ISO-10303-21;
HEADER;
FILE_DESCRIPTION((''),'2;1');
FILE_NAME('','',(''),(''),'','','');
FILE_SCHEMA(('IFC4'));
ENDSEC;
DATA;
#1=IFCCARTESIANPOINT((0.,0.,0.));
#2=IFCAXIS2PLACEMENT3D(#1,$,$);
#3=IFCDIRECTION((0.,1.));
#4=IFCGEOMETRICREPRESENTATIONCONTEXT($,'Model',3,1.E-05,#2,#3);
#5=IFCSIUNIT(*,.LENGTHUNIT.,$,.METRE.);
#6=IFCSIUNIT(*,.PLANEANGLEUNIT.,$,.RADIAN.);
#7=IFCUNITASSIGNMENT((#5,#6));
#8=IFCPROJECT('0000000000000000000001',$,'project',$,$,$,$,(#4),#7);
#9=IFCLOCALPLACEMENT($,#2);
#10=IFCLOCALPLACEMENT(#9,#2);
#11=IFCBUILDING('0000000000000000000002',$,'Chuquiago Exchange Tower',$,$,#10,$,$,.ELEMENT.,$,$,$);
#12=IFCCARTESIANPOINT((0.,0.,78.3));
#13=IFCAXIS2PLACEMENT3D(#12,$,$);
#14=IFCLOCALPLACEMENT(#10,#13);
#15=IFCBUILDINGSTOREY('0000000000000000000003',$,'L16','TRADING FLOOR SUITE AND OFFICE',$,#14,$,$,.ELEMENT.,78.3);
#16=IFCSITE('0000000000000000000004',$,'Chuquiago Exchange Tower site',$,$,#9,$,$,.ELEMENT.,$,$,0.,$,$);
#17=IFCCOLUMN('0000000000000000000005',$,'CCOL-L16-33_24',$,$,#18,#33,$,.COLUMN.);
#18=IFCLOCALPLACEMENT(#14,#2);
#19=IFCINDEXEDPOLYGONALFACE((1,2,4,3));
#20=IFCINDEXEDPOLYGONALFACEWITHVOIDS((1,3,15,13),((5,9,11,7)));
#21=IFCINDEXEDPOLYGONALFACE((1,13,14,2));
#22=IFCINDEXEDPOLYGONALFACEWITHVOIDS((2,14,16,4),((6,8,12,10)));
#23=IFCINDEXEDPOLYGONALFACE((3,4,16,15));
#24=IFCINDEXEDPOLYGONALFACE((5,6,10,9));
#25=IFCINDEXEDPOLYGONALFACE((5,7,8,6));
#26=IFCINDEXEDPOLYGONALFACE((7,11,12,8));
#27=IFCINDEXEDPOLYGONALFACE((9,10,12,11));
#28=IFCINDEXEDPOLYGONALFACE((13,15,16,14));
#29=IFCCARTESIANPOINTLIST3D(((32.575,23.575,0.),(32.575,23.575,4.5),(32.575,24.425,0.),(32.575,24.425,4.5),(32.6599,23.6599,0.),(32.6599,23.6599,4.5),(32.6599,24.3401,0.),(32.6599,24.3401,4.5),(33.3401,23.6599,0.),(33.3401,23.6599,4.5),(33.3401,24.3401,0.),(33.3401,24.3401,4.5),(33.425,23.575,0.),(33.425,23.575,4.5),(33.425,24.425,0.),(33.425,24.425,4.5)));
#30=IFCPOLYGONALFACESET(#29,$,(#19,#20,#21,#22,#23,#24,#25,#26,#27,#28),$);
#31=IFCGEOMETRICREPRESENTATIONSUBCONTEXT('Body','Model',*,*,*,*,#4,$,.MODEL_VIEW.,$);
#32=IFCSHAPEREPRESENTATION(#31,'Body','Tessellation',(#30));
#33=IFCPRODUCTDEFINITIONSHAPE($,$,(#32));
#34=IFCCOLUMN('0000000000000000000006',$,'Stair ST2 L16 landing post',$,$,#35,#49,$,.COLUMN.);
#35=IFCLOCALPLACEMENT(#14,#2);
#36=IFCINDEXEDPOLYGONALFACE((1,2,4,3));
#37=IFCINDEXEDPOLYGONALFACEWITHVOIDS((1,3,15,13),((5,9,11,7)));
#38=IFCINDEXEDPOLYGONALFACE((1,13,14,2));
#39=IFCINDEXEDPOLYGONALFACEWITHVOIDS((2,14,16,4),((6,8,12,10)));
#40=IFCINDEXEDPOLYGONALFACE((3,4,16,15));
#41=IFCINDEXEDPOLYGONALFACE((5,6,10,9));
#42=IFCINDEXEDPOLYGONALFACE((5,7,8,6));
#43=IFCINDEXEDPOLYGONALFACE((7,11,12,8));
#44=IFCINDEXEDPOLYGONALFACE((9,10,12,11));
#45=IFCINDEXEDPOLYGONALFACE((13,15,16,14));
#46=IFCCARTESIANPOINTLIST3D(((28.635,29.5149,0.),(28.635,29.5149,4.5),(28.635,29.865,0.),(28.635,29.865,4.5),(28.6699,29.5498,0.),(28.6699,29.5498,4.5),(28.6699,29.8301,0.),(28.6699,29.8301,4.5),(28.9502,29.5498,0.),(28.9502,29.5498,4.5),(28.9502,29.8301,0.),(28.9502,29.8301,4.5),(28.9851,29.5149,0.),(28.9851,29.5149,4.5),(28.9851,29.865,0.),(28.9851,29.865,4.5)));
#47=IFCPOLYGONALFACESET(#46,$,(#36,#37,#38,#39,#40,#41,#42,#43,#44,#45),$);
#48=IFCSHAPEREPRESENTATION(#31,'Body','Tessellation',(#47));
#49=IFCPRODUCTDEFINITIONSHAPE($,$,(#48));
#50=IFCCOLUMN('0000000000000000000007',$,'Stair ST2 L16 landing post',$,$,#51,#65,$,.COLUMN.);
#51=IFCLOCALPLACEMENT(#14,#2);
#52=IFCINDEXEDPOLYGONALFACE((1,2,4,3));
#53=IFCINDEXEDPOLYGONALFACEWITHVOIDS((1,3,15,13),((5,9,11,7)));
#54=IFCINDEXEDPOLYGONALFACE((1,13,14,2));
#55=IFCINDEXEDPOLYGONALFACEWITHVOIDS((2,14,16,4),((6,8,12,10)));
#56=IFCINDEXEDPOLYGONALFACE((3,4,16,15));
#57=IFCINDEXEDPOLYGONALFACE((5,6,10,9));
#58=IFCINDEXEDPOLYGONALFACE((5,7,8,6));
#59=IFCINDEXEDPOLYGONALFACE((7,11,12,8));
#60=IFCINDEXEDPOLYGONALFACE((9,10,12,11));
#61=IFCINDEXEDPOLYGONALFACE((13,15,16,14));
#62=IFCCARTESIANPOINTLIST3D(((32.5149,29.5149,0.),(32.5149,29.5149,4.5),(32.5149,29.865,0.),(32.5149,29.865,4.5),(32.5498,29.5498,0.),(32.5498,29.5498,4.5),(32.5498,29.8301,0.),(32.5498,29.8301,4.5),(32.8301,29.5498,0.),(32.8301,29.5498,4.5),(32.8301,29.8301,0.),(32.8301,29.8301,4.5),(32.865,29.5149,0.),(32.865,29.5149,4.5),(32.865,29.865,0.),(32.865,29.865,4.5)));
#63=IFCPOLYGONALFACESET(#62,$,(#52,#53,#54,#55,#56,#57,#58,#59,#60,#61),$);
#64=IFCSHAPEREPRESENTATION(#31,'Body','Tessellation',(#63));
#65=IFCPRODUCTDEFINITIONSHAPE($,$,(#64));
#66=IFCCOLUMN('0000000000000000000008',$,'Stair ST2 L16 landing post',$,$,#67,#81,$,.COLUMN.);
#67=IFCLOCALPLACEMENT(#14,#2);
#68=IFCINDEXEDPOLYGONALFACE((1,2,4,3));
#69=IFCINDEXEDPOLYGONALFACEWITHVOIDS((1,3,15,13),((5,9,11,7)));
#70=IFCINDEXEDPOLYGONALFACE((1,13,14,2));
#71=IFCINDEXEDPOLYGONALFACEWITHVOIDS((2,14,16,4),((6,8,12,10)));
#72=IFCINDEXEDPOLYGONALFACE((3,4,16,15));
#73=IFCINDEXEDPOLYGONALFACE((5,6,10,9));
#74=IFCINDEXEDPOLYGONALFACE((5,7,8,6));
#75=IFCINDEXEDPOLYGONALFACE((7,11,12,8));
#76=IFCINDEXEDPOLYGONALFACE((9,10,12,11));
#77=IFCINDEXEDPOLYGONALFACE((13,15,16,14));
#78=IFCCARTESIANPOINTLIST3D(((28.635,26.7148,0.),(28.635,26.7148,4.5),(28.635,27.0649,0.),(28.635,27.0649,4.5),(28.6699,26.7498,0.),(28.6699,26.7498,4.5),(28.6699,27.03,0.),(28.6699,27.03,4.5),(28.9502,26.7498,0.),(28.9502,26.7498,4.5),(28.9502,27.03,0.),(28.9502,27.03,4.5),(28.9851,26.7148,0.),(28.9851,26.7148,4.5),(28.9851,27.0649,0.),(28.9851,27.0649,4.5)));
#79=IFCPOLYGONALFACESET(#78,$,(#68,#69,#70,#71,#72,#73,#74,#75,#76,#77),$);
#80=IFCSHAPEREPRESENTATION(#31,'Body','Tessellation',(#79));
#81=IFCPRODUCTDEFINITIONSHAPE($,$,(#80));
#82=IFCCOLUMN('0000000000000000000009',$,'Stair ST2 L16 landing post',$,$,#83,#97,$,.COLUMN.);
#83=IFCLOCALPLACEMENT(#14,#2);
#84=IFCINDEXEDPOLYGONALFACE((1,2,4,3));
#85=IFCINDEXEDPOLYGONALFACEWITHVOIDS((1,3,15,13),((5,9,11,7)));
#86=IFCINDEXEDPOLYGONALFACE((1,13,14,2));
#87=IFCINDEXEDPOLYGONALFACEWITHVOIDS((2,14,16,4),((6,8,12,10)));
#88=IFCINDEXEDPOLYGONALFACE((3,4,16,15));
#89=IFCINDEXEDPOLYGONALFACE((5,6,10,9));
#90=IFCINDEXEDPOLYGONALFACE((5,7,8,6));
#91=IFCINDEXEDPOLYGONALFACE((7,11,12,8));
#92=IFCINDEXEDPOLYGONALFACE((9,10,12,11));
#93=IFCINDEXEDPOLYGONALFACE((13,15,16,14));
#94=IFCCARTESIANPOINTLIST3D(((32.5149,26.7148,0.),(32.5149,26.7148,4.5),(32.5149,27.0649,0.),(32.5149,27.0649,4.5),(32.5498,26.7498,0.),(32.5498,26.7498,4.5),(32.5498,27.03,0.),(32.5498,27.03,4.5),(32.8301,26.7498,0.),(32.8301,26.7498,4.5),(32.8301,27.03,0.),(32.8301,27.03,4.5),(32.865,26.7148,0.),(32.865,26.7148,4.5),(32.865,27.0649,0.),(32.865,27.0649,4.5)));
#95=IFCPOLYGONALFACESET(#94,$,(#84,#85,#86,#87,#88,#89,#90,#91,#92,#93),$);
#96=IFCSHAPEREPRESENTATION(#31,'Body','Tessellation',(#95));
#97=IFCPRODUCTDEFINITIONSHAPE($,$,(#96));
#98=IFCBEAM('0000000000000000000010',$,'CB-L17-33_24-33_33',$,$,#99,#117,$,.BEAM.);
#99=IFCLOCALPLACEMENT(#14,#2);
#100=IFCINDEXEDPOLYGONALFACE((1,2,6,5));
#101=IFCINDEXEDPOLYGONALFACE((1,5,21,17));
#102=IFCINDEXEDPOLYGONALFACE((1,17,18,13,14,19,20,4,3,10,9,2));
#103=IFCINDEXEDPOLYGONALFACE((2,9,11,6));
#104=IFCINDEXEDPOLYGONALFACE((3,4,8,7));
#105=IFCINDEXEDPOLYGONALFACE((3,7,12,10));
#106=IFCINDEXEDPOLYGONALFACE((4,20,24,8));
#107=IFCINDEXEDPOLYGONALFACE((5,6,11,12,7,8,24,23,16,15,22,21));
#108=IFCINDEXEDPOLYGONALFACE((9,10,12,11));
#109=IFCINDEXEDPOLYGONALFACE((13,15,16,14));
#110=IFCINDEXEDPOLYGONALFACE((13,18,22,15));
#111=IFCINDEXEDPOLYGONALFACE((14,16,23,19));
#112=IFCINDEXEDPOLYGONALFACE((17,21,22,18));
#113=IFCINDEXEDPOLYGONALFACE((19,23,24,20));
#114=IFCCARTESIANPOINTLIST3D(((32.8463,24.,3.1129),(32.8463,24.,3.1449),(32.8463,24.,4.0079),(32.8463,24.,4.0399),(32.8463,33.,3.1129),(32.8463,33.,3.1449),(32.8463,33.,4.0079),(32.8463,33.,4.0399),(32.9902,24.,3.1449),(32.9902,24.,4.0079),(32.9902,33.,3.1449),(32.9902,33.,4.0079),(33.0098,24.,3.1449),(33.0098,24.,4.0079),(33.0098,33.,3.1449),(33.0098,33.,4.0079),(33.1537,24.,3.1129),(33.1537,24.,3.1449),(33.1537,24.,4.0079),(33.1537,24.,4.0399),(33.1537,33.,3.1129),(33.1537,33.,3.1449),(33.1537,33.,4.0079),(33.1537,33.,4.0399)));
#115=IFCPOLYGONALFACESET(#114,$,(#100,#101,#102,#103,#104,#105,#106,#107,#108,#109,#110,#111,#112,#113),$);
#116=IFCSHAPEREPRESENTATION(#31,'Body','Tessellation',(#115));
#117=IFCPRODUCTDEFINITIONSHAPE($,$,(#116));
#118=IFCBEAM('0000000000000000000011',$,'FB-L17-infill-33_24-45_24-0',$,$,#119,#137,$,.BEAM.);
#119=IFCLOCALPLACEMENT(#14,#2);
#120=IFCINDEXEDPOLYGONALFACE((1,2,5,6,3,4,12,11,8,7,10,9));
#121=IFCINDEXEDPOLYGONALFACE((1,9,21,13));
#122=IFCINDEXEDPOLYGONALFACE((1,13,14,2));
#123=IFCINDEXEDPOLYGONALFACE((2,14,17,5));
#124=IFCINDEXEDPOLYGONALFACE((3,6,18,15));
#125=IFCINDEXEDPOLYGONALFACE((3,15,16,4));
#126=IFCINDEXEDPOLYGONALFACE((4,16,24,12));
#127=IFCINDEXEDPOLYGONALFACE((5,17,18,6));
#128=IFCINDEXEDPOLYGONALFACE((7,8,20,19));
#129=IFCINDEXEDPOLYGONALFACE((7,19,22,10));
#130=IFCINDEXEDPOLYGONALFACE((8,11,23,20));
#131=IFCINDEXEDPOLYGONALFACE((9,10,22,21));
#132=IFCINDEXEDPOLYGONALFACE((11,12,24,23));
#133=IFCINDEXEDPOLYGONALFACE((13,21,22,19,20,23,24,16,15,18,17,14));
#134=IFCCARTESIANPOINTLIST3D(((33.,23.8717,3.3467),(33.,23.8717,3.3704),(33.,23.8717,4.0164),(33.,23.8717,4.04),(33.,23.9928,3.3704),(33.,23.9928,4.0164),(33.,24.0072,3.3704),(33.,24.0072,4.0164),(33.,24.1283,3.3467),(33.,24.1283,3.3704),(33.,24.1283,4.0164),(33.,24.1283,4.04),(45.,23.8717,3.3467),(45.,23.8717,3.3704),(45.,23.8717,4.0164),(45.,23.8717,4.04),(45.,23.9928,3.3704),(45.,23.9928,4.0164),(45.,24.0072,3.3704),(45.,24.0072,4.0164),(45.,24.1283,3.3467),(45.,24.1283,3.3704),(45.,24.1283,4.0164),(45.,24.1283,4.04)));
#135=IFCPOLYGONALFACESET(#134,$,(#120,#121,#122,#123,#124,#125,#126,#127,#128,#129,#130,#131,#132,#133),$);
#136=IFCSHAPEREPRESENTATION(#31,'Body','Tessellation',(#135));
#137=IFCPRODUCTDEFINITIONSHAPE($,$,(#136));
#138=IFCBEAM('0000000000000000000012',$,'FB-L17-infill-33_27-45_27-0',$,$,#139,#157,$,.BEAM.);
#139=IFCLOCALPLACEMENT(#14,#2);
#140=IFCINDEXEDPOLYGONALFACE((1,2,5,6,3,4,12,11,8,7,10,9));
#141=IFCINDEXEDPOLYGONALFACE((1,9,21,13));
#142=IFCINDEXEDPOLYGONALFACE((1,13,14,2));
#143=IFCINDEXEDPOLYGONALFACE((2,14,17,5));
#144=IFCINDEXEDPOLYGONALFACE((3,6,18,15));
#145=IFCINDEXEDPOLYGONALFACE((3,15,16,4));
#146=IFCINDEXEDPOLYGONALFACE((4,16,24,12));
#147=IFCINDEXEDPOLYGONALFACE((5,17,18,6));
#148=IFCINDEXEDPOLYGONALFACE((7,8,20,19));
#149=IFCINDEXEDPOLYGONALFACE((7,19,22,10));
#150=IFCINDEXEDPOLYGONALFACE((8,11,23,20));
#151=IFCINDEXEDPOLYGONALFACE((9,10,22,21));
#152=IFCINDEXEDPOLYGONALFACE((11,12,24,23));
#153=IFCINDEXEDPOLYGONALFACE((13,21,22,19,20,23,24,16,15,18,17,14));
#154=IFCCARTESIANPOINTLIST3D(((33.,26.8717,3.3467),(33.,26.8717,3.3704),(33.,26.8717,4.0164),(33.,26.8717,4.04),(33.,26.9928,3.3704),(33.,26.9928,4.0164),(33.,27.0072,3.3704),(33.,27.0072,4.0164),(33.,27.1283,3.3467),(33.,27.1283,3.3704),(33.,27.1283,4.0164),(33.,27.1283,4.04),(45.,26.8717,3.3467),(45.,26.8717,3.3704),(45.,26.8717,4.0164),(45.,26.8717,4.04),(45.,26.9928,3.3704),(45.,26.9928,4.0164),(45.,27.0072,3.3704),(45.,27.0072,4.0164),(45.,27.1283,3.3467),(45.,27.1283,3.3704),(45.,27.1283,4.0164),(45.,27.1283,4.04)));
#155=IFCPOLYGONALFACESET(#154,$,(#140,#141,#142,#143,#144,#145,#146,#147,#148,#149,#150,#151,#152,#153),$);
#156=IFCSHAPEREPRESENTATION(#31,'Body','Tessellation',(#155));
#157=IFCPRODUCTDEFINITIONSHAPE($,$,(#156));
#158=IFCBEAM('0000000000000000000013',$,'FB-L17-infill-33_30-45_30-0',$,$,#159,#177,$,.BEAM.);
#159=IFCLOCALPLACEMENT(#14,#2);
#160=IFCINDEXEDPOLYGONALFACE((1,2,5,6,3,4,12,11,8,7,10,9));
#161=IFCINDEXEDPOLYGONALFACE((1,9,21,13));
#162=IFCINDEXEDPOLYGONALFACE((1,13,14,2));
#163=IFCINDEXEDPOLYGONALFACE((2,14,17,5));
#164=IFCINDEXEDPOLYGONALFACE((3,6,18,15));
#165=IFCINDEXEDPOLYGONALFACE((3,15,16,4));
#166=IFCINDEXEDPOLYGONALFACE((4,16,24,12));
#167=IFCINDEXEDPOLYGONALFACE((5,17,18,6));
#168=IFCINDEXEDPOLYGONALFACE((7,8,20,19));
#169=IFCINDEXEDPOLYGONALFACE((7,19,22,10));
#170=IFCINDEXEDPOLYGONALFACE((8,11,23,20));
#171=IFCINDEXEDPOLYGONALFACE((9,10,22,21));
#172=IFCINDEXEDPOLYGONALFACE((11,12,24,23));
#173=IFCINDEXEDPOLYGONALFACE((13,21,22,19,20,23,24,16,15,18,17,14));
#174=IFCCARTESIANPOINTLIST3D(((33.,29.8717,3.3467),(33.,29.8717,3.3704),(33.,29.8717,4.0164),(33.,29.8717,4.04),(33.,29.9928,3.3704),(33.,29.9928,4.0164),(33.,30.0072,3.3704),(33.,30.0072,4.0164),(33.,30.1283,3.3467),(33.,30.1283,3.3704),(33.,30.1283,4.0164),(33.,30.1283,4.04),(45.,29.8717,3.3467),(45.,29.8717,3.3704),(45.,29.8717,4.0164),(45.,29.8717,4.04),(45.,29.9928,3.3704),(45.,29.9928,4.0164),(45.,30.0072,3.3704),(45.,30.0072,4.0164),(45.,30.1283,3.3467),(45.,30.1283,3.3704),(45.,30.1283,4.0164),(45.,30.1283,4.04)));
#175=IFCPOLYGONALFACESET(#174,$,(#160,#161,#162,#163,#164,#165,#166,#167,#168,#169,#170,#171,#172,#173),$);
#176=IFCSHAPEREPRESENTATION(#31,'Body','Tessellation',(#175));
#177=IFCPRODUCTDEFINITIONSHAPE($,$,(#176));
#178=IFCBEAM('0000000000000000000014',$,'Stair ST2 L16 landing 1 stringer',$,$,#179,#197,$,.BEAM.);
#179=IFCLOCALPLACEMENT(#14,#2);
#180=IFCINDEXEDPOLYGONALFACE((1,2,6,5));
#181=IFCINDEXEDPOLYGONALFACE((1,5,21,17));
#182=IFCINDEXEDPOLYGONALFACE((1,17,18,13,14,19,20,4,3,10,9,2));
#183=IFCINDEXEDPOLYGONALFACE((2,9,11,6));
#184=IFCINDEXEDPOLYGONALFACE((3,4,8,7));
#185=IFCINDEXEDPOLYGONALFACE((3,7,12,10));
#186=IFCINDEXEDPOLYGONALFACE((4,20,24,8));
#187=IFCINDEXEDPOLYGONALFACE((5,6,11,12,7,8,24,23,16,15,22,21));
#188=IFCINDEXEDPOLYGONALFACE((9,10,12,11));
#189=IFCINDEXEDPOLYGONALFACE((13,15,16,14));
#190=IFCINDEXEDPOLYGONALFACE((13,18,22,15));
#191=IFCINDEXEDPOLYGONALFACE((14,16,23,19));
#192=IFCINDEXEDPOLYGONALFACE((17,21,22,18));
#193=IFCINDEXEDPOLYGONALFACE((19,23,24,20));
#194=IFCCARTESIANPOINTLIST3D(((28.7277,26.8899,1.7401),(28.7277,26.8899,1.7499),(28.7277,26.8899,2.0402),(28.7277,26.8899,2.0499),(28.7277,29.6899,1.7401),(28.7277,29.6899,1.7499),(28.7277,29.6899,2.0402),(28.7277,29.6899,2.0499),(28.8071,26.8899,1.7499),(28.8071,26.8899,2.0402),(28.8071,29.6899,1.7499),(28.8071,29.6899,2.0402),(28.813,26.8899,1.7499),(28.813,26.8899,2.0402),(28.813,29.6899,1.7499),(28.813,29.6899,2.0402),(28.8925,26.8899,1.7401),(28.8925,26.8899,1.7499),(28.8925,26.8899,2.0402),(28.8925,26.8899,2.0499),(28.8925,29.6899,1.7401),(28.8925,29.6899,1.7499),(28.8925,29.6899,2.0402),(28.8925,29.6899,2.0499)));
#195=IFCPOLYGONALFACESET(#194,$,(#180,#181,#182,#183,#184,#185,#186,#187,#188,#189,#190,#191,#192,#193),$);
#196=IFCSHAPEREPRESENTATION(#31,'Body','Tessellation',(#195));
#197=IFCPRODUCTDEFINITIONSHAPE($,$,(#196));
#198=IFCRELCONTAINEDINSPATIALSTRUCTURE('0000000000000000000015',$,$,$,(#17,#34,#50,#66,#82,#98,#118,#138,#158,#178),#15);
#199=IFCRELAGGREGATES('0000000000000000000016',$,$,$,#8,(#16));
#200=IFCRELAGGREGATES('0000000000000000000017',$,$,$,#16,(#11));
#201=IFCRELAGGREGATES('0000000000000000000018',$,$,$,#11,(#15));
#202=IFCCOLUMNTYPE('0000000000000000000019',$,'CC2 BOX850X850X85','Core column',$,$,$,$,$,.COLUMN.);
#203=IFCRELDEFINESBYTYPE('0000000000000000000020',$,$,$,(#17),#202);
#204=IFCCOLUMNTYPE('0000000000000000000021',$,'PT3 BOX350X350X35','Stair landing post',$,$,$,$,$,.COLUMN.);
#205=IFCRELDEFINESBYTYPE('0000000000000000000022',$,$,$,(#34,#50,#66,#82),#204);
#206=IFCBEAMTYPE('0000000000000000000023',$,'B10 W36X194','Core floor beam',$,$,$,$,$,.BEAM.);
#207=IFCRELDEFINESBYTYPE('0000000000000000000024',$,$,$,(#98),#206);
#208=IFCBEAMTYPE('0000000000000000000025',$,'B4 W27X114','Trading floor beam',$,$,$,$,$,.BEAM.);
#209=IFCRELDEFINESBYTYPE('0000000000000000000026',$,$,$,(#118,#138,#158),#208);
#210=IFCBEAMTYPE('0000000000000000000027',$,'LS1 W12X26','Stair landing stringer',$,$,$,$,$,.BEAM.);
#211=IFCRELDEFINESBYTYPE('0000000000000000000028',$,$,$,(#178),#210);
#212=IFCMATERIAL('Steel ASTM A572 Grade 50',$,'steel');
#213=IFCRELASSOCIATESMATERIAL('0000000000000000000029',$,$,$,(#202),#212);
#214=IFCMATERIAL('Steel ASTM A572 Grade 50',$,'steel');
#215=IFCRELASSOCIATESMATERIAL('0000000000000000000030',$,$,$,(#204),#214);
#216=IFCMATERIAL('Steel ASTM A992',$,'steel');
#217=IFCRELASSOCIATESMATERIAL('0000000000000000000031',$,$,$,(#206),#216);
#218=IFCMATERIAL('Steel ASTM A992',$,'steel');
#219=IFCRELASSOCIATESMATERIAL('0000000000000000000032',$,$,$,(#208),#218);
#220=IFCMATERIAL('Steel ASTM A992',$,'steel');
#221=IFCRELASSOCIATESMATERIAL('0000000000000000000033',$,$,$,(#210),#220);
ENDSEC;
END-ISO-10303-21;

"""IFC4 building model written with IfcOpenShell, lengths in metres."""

from ifc_helpers import new_model, si_unit, direction, frame, origin, origin_2d, place, context, subcontext, project, spatial, hollow_rectangle, i_section, extrude, material, material_profile, profile_set, type_object, element, save


model = new_model("IFC4")

# Units and contexts
model_context = context("Model", 3, precision=1e-05, world=origin(), true_north=direction((0.0, 1.0)))
body_context = subcontext(model_context, "Body", "Model", "MODEL_VIEW")
ifc_project = project(units=[si_unit("LENGTHUNIT", "METRE"), si_unit("PLANEANGLEUNIT", "RADIAN")], contexts=[model_context])

# Site, building, storey
site_placement = place(None, origin())
site = spatial("IfcSite", under=ifc_project, at=site_placement, Name="Chuquiago Exchange Tower site", CompositionType="ELEMENT", RefElevation=0.0)
building_placement = place(site_placement, origin())
building = spatial("IfcBuilding", under=site, at=building_placement, Name="Chuquiago Exchange Tower", CompositionType="ELEMENT")
storey_placement = place(building_placement, frame((0.0, 0.0, 78.3)))
storey = spatial("IfcBuildingStorey", under=building, at=storey_placement, Name="L16", Description="TRADING FLOOR SUITE AND OFFICE", CompositionType="ELEMENT", Elevation=78.3)

# Columns
ifc_material_1 = material(Name="Steel ASTM A572 Grade 50", Category="steel")
ifc_material_profile_1 = material_profile(ifc_material_1, hollow_rectangle(XDim=0.8501, YDim=0.8501, WallThickness=0.085, at=origin_2d()), Name="BOX850X850X85")
ifc_profile_set_1 = profile_set([ifc_material_profile_1], Name="Steel ASTM A572 Grade 50")
column_type_1 = type_object("IfcColumnType", Name="CC2 BOX850X850X85", Description="Core column", PredefinedType="COLUMN", material=ifc_profile_set_1)
column_placement = place(storey_placement, frame((33.0, 24.0, 0.0), z_axis=(0.0, 0.0, 1.0), x_axis=(1.0, 0.0, 0.0)))
element("IfcColumn", 1, at=column_placement, inside=storey, type_object=column_type_1, Name="CCOL-L16-33_24", PredefinedType="COLUMN", context=body_context, shape_type="SweptSolid", body=[
    extrude(hollow_rectangle(XDim=0.8501, YDim=0.8501, WallThickness=0.085, at=origin_2d()), origin(), (0.0, 0.0, 1.0), 4.5),
])
ifc_material_2 = material(Name="Steel ASTM A572 Grade 50", Category="steel")
ifc_material_profile_2 = material_profile(ifc_material_2, hollow_rectangle(XDim=0.3501, YDim=0.3501, WallThickness=0.0349, at=origin_2d()), Name="BOX350X350X35")
ifc_profile_set_2 = profile_set([ifc_material_profile_2], Name="Steel ASTM A572 Grade 50")
column_type_2 = type_object("IfcColumnType", Name="PT3 BOX350X350X35", Description="Stair landing post", PredefinedType="COLUMN", material=ifc_profile_set_2)
for number, where, z_axis, x_axis, name in (
    (2, (28.8101, 29.6899, 0.0), (0.0, 0.0, 1.0), (1.0, 0.0, 0.0), "Stair ST2 L16 landing post"),
    (3, (32.6899, 29.6899, 0.0), (0.0, 0.0, 1.0), (1.0, 0.0, 0.0), "Stair ST2 L16 landing post"),
    (4, (28.8101, 26.8899, 0.0), (0.0, 0.0, 1.0), (1.0, 0.0, 0.0), "Stair ST2 L16 landing post"),
    (5, (32.6899, 26.8899, 0.0), (0.0, 0.0, 1.0), (1.0, 0.0, 0.0), "Stair ST2 L16 landing post"),
):
    element("IfcColumn", number, at=place(storey_placement, frame(where, z_axis=z_axis, x_axis=x_axis)), inside=storey, type_object=column_type_2, Name=name, PredefinedType="COLUMN", context=body_context, shape_type="SweptSolid", body=[
        extrude(hollow_rectangle(XDim=0.3501, YDim=0.3501, WallThickness=0.0349, at=origin_2d()), origin(), (0.0, 0.0, 1.0), 4.5),
    ])

# Beams
ifc_material_3 = material(Name="Steel ASTM A992", Category="steel")
ifc_material_profile_3 = material_profile(ifc_material_3, i_section(OverallWidth=0.3074, OverallDepth=0.927, WebThickness=0.0195, FlangeThickness=0.032, at=origin_2d()), Name="W36X194")
ifc_profile_set_3 = profile_set([ifc_material_profile_3], Name="Steel ASTM A992")
beam_type_1 = type_object("IfcBeamType", Name="B10 W36X194", Description="Core floor beam", PredefinedType="BEAM", material=ifc_profile_set_3)
beam_placement = place(storey_placement, frame((33.0, 24.0, 3.5764), z_axis=(0.0, 1.0, 0.0), x_axis=(-1.0, 0.0, 0.0)))
element("IfcBeam", 6, at=beam_placement, inside=storey, type_object=beam_type_1, Name="CB-L17-33_24-33_33", PredefinedType="BEAM", context=body_context, shape_type="SweptSolid", body=[
    extrude(i_section(OverallWidth=0.3074, OverallDepth=0.927, WebThickness=0.0195, FlangeThickness=0.032, at=origin_2d()), origin(), (0.0, 0.0, 1.0), 9.0),
])
ifc_material_4 = material(Name="Steel ASTM A992", Category="steel")
ifc_material_profile_4 = material_profile(ifc_material_4, i_section(OverallWidth=0.2566, OverallDepth=0.6934, WebThickness=0.0144, FlangeThickness=0.0237, at=origin_2d()), Name="W27X114")
ifc_profile_set_4 = profile_set([ifc_material_profile_4], Name="Steel ASTM A992")
beam_type_2 = type_object("IfcBeamType", Name="B4 W27X114", Description="Trading floor beam", PredefinedType="BEAM", material=ifc_profile_set_4)
for number, where, z_axis, x_axis, name in (
    (7, (33.0, 24.0, 3.6934), (1.0, 0.0, 0.0), (0.0, 1.0, 0.0), "FB-L17-infill-33_24-45_24-0"),
    (8, (33.0, 27.0, 3.6934), (1.0, 0.0, 0.0), (0.0, 1.0, 0.0), "FB-L17-infill-33_27-45_27-0"),
    (9, (33.0, 30.0, 3.6934), (1.0, 0.0, 0.0), (0.0, 1.0, 0.0), "FB-L17-infill-33_30-45_30-0"),
):
    element("IfcBeam", number, at=place(storey_placement, frame(where, z_axis=z_axis, x_axis=x_axis)), inside=storey, type_object=beam_type_2, Name=name, PredefinedType="BEAM", context=body_context, shape_type="SweptSolid", body=[
        extrude(i_section(OverallWidth=0.2566, OverallDepth=0.6934, WebThickness=0.0144, FlangeThickness=0.0237, at=origin_2d()), origin(), (0.0, 0.0, 1.0), 12.0),
    ])
ifc_material_5 = material(Name="Steel ASTM A992", Category="steel")
ifc_material_profile_5 = material_profile(ifc_material_5, i_section(OverallWidth=0.1648, OverallDepth=0.3098, WebThickness=0.0059, FlangeThickness=0.0098, at=origin_2d()), Name="W12X26")
ifc_profile_set_5 = profile_set([ifc_material_profile_5], Name="Steel ASTM A992")
beam_type_3 = type_object("IfcBeamType", Name="LS1 W12X26", Description="Stair landing stringer", PredefinedType="BEAM", material=ifc_profile_set_5)
for number, where, z_axis, x_axis, name in (
    (10, (28.8101, 26.8899, 1.895), (0.0, 1.0, 0.0), (-1.0, 0.0, 0.0), "Stair ST2 L16 landing 1 stringer"),
):
    element("IfcBeam", number, at=place(storey_placement, frame(where, z_axis=z_axis, x_axis=x_axis)), inside=storey, type_object=beam_type_3, Name=name, PredefinedType="BEAM", context=body_context, shape_type="SweptSolid", body=[
        extrude(i_section(OverallWidth=0.1648, OverallDepth=0.3098, WebThickness=0.0059, FlangeThickness=0.0098, at=origin_2d()), origin(), (0.0, 0.0, 1.0), 2.8),
    ])

save(model, "model.ifc")
